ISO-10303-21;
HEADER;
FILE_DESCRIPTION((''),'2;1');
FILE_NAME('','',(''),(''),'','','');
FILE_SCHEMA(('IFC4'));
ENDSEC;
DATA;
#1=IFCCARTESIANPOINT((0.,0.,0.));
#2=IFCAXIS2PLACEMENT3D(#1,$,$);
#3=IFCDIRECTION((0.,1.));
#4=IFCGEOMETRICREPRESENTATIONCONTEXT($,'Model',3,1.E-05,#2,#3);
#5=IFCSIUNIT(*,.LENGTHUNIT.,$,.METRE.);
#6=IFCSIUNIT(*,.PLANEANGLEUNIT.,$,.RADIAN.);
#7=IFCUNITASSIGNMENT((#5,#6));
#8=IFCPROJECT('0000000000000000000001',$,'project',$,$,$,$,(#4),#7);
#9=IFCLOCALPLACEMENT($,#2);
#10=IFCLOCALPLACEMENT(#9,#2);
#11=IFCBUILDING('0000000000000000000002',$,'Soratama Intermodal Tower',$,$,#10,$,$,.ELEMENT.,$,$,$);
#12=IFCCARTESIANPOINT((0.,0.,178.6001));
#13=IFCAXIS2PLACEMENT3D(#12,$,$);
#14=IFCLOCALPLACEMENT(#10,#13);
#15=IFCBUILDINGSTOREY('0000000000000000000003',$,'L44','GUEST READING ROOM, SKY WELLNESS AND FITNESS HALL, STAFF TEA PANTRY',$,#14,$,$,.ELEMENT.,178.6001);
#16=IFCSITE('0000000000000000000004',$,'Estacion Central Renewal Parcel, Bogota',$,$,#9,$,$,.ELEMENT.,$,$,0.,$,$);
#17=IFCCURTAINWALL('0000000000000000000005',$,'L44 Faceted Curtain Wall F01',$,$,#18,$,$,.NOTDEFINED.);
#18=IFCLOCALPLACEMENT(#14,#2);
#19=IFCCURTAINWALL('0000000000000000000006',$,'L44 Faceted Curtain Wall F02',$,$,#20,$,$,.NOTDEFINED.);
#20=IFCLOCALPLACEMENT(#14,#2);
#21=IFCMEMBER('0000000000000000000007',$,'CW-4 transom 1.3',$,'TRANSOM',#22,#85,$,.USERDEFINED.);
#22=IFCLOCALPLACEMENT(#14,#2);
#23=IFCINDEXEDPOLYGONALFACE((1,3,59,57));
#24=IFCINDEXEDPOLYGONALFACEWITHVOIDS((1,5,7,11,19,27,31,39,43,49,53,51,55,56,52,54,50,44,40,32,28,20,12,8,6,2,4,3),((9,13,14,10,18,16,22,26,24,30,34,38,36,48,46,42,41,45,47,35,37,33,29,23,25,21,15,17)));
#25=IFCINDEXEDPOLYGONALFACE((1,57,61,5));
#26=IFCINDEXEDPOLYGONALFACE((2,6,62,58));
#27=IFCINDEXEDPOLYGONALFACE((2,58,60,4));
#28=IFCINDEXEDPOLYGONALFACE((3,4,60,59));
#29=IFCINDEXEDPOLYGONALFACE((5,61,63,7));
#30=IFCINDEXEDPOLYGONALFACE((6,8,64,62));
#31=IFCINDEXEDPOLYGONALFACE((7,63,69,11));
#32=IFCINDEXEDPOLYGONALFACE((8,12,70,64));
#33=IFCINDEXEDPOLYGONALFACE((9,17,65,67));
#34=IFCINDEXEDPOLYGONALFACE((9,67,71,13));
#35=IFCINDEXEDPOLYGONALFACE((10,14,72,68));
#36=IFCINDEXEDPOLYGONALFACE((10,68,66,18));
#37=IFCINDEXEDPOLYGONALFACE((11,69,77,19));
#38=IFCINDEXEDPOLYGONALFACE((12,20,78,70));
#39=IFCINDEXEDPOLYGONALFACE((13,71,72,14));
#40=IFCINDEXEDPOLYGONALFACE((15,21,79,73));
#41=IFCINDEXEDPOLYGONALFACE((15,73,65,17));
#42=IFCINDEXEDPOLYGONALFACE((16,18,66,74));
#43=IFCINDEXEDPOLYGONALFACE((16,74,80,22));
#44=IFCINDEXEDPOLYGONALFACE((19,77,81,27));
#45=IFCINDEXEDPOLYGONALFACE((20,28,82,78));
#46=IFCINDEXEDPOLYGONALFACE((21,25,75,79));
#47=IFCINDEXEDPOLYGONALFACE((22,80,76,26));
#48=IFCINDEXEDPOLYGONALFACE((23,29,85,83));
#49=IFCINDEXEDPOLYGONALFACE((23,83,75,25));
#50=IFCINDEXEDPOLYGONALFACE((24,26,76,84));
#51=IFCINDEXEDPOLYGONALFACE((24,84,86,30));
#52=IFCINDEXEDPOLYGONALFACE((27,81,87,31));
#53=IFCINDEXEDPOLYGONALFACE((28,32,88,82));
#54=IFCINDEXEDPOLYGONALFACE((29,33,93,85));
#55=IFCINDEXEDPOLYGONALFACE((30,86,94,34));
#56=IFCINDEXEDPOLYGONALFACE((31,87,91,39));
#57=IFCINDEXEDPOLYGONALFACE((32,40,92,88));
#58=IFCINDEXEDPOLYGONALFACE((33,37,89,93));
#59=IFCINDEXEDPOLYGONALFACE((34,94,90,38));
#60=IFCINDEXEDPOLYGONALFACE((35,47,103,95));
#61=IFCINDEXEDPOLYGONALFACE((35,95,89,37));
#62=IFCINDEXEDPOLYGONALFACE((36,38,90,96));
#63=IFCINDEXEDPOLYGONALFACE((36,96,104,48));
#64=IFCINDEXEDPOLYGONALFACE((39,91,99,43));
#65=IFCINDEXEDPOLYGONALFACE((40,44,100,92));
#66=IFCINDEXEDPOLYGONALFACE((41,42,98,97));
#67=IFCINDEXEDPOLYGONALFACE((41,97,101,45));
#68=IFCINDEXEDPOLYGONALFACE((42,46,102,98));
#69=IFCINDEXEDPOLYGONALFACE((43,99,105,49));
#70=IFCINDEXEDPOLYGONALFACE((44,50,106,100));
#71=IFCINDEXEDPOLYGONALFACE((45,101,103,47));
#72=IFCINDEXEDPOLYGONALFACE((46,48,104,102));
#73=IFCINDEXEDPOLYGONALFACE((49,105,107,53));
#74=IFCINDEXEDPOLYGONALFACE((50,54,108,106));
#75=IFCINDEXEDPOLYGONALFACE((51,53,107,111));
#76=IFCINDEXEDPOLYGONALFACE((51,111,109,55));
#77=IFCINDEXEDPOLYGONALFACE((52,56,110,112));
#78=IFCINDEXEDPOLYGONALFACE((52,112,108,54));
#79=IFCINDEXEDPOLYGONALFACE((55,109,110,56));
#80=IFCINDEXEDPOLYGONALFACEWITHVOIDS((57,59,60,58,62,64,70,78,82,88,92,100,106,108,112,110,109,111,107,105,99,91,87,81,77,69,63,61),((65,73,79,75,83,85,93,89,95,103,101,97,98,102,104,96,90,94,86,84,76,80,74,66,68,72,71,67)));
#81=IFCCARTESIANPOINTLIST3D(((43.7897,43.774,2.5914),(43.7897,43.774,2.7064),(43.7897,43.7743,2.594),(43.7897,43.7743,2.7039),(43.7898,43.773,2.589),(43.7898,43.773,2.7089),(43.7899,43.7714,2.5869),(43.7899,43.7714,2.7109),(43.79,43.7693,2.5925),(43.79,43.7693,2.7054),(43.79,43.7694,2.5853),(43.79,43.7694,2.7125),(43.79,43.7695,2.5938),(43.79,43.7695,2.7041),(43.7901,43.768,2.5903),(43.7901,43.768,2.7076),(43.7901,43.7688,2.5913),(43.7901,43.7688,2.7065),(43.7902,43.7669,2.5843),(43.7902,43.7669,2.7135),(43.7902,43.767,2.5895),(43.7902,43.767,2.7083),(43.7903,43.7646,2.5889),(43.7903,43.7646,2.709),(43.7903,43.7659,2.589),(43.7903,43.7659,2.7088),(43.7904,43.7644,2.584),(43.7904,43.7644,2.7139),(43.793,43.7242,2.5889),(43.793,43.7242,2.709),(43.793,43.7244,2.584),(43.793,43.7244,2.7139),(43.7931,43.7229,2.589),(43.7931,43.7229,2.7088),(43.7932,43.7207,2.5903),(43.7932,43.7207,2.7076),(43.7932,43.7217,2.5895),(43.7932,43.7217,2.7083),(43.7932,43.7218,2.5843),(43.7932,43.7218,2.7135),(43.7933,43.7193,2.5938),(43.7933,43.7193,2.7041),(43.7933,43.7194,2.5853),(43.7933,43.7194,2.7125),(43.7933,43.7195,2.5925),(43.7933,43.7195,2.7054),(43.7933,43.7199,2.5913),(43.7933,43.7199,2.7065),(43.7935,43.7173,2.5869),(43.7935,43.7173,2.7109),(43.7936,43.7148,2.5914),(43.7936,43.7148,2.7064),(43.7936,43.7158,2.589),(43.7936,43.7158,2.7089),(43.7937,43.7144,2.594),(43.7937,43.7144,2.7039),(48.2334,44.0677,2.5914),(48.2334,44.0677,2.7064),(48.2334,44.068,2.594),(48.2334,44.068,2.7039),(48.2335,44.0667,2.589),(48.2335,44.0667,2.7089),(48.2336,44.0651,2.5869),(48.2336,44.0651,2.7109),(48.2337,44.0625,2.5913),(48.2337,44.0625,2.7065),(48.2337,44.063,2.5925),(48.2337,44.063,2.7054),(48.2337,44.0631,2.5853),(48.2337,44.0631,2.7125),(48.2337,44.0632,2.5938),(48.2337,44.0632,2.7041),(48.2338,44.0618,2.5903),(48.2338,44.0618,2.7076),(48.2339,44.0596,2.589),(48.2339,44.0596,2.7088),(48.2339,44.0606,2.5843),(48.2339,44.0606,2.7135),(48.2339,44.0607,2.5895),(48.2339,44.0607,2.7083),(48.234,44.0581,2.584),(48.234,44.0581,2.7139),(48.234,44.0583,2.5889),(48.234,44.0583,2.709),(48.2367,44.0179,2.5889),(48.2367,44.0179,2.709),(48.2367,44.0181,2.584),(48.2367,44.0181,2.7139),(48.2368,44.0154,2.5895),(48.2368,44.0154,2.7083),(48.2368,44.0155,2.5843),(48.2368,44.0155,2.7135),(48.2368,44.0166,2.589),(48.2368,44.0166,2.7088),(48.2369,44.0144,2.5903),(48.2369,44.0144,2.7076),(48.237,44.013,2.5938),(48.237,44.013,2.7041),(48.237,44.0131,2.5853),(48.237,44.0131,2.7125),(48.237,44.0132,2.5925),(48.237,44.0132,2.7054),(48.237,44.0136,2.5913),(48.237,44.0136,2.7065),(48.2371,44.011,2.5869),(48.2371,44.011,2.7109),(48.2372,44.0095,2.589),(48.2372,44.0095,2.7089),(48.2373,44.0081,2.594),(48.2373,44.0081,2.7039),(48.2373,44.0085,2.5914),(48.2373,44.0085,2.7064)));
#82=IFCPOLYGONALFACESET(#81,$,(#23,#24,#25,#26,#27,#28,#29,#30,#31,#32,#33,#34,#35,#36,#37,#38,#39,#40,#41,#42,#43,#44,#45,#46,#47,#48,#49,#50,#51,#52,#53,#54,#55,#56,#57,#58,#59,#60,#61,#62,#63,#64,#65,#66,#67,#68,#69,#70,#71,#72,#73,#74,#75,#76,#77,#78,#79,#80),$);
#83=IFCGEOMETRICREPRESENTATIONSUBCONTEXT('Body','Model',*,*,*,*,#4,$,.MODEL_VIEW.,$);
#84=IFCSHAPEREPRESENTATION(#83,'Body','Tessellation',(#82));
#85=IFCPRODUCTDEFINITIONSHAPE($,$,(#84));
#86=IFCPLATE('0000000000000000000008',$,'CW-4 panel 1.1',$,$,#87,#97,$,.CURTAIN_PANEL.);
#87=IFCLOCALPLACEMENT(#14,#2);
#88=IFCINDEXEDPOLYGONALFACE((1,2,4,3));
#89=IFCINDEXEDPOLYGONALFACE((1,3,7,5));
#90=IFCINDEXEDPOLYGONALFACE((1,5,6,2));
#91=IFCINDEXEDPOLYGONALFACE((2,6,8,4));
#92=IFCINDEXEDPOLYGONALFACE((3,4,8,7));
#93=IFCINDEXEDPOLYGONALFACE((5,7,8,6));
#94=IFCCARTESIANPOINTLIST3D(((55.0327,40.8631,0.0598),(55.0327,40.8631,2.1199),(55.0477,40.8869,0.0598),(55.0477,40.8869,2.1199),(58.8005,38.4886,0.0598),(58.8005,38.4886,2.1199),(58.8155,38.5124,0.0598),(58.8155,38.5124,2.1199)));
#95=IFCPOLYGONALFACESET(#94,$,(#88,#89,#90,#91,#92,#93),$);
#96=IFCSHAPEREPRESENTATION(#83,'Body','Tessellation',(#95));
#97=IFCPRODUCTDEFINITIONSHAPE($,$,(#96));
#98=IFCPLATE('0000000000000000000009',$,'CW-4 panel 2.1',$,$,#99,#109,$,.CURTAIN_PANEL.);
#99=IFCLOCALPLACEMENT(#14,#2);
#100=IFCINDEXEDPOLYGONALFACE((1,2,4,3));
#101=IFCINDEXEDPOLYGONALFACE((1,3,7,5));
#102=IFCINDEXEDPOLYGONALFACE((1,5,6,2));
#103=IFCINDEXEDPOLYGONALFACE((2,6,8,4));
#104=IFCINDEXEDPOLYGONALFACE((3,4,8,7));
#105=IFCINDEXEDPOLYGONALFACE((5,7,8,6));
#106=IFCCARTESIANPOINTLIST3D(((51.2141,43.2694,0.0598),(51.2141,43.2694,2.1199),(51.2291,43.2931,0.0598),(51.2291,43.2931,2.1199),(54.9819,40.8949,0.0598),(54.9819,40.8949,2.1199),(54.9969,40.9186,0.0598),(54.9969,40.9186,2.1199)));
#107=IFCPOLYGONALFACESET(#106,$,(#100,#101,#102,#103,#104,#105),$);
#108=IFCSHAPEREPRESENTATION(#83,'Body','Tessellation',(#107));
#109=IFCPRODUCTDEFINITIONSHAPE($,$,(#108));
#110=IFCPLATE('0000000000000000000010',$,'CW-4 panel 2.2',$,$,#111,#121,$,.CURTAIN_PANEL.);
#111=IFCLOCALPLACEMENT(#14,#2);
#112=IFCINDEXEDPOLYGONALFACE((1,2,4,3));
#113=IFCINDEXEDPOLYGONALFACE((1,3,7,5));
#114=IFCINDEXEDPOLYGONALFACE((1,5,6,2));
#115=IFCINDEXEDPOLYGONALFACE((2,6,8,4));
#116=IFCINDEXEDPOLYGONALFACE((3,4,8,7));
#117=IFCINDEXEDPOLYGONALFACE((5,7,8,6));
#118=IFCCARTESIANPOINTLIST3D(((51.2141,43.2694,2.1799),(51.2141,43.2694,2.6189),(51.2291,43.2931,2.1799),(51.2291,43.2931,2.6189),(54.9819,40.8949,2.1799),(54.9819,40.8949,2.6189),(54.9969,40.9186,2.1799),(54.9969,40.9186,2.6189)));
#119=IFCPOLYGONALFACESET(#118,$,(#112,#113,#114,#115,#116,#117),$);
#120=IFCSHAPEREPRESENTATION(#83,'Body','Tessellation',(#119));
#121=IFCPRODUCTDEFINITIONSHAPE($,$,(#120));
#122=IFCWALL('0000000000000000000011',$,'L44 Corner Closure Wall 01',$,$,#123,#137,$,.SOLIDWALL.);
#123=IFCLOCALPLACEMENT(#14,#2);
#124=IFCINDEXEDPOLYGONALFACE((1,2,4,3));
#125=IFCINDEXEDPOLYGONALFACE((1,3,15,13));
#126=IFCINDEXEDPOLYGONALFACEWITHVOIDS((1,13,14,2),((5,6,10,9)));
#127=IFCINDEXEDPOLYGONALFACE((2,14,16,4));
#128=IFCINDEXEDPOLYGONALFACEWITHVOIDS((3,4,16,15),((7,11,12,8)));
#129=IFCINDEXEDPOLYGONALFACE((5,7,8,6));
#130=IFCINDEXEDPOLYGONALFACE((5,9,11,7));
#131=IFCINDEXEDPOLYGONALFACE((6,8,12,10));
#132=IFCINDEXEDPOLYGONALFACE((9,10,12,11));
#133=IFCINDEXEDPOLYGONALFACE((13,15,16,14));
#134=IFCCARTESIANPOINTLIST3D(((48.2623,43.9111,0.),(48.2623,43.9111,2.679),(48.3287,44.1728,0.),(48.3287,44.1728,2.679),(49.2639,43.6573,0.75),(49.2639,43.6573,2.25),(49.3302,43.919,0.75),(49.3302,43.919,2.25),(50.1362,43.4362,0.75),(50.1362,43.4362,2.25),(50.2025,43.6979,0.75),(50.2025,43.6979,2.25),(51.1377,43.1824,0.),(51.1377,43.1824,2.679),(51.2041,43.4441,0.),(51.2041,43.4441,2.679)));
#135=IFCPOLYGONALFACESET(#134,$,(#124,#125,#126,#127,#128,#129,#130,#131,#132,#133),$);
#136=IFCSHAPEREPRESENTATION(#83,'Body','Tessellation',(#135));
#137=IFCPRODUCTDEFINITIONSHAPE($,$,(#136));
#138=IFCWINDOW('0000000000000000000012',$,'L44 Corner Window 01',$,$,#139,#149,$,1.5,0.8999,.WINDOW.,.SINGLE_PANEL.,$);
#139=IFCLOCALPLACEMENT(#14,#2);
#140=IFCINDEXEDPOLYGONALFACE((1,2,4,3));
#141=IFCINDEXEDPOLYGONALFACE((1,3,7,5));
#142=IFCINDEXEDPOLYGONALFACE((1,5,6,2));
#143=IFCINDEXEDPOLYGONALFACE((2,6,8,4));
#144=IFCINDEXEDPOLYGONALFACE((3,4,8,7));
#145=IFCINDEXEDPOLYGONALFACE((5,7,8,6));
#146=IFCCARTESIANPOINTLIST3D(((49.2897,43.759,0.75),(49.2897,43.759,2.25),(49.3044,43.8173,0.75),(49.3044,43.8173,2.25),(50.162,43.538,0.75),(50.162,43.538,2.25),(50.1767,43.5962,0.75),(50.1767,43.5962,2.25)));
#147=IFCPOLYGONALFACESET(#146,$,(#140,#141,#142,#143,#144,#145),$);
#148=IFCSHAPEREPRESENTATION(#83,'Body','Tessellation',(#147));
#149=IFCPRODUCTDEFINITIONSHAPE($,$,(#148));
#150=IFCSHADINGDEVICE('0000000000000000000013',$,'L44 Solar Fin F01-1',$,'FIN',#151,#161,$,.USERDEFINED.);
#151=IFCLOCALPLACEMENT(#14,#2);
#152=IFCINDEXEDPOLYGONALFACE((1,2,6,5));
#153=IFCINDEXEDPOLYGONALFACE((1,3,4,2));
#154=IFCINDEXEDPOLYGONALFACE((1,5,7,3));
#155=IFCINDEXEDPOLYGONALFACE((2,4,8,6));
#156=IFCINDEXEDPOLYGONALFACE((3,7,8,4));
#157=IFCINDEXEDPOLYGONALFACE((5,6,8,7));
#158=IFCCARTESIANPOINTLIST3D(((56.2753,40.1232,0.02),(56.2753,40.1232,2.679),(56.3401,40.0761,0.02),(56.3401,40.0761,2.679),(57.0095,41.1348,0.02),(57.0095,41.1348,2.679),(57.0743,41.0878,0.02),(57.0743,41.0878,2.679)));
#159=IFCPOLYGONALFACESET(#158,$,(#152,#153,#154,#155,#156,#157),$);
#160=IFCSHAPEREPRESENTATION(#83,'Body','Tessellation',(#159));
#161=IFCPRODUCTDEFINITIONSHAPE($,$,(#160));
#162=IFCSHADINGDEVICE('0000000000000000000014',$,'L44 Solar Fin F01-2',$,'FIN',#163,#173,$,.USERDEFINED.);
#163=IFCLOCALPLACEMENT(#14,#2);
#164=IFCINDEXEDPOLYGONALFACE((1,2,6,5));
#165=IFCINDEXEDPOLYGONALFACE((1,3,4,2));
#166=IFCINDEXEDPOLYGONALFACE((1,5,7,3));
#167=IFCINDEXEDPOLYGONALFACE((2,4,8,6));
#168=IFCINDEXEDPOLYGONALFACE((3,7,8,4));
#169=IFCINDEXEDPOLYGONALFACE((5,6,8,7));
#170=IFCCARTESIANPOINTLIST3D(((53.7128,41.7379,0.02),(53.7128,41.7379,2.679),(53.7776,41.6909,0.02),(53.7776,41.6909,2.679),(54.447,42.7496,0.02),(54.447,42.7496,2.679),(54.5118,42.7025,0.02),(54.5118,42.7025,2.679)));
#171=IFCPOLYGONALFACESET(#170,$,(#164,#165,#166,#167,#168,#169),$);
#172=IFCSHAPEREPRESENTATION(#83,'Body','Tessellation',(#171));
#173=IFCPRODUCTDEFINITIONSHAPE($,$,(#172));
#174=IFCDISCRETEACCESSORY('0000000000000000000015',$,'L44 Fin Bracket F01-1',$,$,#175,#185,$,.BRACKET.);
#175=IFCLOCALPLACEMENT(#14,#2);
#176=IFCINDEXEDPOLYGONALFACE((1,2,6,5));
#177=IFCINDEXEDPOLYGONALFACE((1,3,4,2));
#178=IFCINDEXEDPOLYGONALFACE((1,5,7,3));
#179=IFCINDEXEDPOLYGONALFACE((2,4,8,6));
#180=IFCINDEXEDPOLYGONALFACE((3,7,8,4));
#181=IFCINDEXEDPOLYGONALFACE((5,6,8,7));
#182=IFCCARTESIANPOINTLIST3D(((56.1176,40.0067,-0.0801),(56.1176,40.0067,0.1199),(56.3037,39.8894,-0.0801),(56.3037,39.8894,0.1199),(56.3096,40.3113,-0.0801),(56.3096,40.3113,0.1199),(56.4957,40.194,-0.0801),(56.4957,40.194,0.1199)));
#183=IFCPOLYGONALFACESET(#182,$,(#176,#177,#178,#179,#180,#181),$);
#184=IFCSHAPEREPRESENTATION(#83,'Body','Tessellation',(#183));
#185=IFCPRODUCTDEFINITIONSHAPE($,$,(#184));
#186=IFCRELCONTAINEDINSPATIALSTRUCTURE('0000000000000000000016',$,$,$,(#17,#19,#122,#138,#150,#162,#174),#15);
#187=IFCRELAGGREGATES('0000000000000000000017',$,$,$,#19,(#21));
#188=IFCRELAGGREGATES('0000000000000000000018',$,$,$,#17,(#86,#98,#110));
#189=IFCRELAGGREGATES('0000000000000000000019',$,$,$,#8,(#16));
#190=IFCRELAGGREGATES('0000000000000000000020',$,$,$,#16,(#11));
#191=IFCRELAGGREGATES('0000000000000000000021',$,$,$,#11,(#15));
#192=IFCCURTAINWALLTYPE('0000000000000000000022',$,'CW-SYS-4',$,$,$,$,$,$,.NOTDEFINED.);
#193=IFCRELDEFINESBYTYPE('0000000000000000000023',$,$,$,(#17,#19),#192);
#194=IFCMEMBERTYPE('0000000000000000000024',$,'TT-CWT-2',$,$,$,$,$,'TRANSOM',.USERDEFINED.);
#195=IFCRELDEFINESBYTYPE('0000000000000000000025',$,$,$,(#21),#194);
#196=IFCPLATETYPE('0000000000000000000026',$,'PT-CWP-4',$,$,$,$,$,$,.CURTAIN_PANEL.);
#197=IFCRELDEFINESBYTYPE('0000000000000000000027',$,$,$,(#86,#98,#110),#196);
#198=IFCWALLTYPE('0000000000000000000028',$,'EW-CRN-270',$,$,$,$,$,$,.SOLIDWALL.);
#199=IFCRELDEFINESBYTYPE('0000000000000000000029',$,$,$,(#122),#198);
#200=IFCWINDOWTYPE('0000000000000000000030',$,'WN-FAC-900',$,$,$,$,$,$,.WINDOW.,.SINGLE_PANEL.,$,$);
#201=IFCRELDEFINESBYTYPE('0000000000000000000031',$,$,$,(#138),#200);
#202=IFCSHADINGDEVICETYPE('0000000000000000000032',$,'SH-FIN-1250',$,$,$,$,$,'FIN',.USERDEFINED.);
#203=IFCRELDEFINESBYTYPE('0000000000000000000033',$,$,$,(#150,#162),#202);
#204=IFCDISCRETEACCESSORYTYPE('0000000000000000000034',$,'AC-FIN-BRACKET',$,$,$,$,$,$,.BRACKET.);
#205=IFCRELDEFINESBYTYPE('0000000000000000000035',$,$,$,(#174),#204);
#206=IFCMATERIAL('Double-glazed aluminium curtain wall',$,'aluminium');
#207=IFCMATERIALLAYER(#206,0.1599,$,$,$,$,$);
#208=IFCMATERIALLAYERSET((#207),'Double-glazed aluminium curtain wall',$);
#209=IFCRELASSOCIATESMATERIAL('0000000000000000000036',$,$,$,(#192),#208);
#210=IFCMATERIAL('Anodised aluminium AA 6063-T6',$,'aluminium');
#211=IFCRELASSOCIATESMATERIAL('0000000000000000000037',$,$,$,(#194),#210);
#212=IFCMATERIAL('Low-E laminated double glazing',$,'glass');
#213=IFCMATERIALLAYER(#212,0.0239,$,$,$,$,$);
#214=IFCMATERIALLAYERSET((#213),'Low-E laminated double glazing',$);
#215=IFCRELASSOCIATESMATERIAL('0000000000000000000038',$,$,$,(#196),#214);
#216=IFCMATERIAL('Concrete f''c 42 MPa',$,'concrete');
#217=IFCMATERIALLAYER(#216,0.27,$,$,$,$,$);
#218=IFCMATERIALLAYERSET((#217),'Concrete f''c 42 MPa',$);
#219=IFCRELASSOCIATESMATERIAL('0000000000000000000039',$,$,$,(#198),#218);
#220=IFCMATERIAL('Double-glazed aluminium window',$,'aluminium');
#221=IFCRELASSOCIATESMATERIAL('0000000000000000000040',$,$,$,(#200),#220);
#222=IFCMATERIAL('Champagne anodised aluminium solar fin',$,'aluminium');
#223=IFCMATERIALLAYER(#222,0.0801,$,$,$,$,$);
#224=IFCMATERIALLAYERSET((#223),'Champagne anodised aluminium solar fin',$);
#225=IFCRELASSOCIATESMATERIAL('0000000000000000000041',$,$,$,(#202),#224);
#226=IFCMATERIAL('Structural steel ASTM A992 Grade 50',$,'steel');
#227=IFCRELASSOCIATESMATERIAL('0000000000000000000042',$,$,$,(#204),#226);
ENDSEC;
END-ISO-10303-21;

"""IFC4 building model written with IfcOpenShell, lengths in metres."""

from ifc_helpers import new_model, si_unit, direction, frame, frame_2d, origin, origin_2d, place, context, subcontext, project, spatial, rectangle, hollow_rectangle, extrude, material, layer, layer_set, material_profile, profile_set, type_object, element, fill, aggregate, save


model = new_model("IFC4")

# Units and contexts
model_context = context("Model", 3, precision=1e-05, world=origin(), true_north=direction((0.0, 1.0)))
body_context = subcontext(model_context, "Body", "Model", "MODEL_VIEW")
ifc_project = project(units=[si_unit("LENGTHUNIT", "METRE"), si_unit("PLANEANGLEUNIT", "RADIAN")], contexts=[model_context])

# Site, building, storey
site_placement = place(None, origin())
site = spatial("IfcSite", under=ifc_project, at=site_placement, Name="Estacion Central Renewal Parcel, Bogota", CompositionType="ELEMENT", RefElevation=0.0)
building_placement = place(site_placement, origin())
building = spatial("IfcBuilding", under=site, at=building_placement, Name="Soratama Intermodal Tower", CompositionType="ELEMENT")
storey_placement = place(building_placement, frame((0.0, 0.0, 178.6001)))
storey = spatial("IfcBuildingStorey", under=building, at=storey_placement, Name="L44", Description="GUEST READING ROOM, SKY WELLNESS AND FITNESS HALL, STAFF TEA PANTRY", CompositionType="ELEMENT", Elevation=178.6001)

# Curtain wall
ifc_material_1 = material(Name="Double-glazed aluminium curtain wall", Category="aluminium")
ifc_layer_1 = layer(ifc_material_1, 0.1599)
ifc_layer_set_1 = layer_set([ifc_layer_1], Name="Double-glazed aluminium curtain wall")
curtain_wall_type = type_object("IfcCurtainWallType", Name="CW-SYS-4", PredefinedType="NOTDEFINED", material=ifc_layer_set_1)
curtain_wall_1_placement = place(storey_placement, origin())
curtain_wall_1 = element("IfcCurtainWall", 1, at=curtain_wall_1_placement, inside=storey, type_object=curtain_wall_type, Name="L44 Faceted Curtain Wall F01", PredefinedType="NOTDEFINED")

# Curtain wall
curtain_wall_2_placement = place(storey_placement, origin())
curtain_wall_2 = element("IfcCurtainWall", 2, at=curtain_wall_2_placement, inside=storey, type_object=curtain_wall_type, Name="L44 Faceted Curtain Wall F02", PredefinedType="NOTDEFINED")

# Member
ifc_material_2 = material(Name="Anodised aluminium AA 6063-T6", Category="aluminium")
ifc_material_profile_1 = material_profile(ifc_material_2, hollow_rectangle(XDim=0.0601, YDim=0.1299, WallThickness=0.0049, InnerFilletRadius=0.0049, OuterFilletRadius=0.01, at=origin_2d()), Name="CWT130X60X5")
ifc_profile_set_1 = profile_set([ifc_material_profile_1], Name="Anodised aluminium AA 6063-T6")
member_type_1 = type_object("IfcMemberType", Name="TT-CWT-2", ElementType="TRANSOM", PredefinedType="USERDEFINED", material=ifc_profile_set_1)
member_1_placement = place(storey_placement, frame((48.2354, 44.0381, 2.6489), z_axis=(-0.997823, -0.065951, 0.0), x_axis=(0.065951, -0.997823, 0.0)))
member_1 = element("IfcMember", 3, at=member_1_placement, type_object=member_type_1, Name="CW-4 transom 1.3", ObjectType="TRANSOM", PredefinedType="USERDEFINED", context=body_context, shape_type="SweptSolid", body=[
    extrude(hollow_rectangle(XDim=0.0601, YDim=0.1299, WallThickness=0.0049, InnerFilletRadius=0.0049, OuterFilletRadius=0.01, at=origin_2d()), origin(), (0.0, 0.0, 1.0), 4.4534),
])
aggregate(curtain_wall_2, [member_1])

# Plates
ifc_material_3 = material(Name="Low-E laminated double glazing", Category="glass")
ifc_layer_2 = layer(ifc_material_3, 0.0239)
ifc_layer_set_2 = layer_set([ifc_layer_2], Name="Low-E laminated double glazing")
plate_type = type_object("IfcPlateType", Name="PT-CWP-4", PredefinedType="CURTAIN_PANEL", material=ifc_layer_set_2)
plate_1_placement = place(storey_placement, frame((56.9241, 39.6877, 0.0598), z_axis=(0.0, 0.0, 1.0), x_axis=(-0.84601, 0.533168, 0.0)))
plate_1 = element("IfcPlate", 4, at=plate_1_placement, type_object=plate_type, Name="CW-4 panel 1.1", PredefinedType="CURTAIN_PANEL", context=body_context, shape_type="SweptSolid", body=[
    extrude(rectangle(XDim=4.4536, YDim=0.0281, at=origin_2d()), origin(), (0.0, 0.0, 1.0), 2.0601),
])
plate_2_placement = place(storey_placement, frame((53.1055, 42.094, 0.0598), z_axis=(0.0, 0.0, 1.0), x_axis=(-0.84601, 0.533168, 0.0)))
plate_2 = element("IfcPlate", 5, at=plate_2_placement, type_object=plate_type, Name="CW-4 panel 2.1", PredefinedType="CURTAIN_PANEL", context=body_context, shape_type="SweptSolid", body=[
    extrude(rectangle(XDim=4.4536, YDim=0.0281, at=origin_2d()), origin(), (0.0, 0.0, 1.0), 2.0601),
])
plate_3_placement = place(storey_placement, frame((53.1055, 42.094, 2.1799), z_axis=(0.0, 0.0, 1.0), x_axis=(-0.84601, 0.533168, 0.0)))
plate_3 = element("IfcPlate", 6, at=plate_3_placement, type_object=plate_type, Name="CW-4 panel 2.2", PredefinedType="CURTAIN_PANEL", context=body_context, shape_type="SweptSolid", body=[
    extrude(rectangle(XDim=4.4536, YDim=0.0281, at=origin_2d()), origin(), (0.0, 0.0, 1.0), 0.439),
])
aggregate(curtain_wall_1, [plate_1, plate_2, plate_3])

# Wall, opening, window
ifc_material_4 = material(Name="Concrete f'c 42 MPa", Category="concrete")
ifc_layer_3 = layer(ifc_material_4, 0.27)
ifc_layer_set_3 = layer_set([ifc_layer_3], Name="Concrete f'c 42 MPa")
wall_type = type_object("IfcWallType", Name="EW-CRN-270", PredefinedType="SOLIDWALL", material=ifc_layer_set_3)
wall_placement = place(storey_placement, frame((51.1709, 43.3132, 0.0), z_axis=(0.0, 0.0, 1.0), x_axis=(-0.969353, 0.245672, 0.0)))
wall = element("IfcWall", 7, at=wall_placement, inside=storey, type_object=wall_type, Name="L44 Corner Closure Wall 01", PredefinedType="SOLIDWALL", context=body_context, shape_type="SweptSolid", body=[
    extrude(rectangle(XDim=2.9663, YDim=0.27, at=frame_2d((1.4832, 0.0))), origin(), (0.0, 0.0, 1.0), 2.679),
])
opening_placement = place(wall_placement, frame((1.0332, 0.0, 0.75)))
opening = element("IfcOpeningElement", 8, at=opening_placement, cuts=wall, PredefinedType="OPENING", context=body_context, shape_type="SweptSolid", body=[
    extrude(rectangle(XDim=0.8999, YDim=1.5, at=frame_2d((0.45, 0.75))), frame((0.0, 0.145, 0.0), z_axis=(0.0, -1.0, 0.0), x_axis=(1.0, 0.0, 0.0)), (0.0, 0.0, 1.0), 0.29),
])
ifc_material_5 = material(Name="Double-glazed aluminium window", Category="aluminium")
window_type = type_object("IfcWindowType", Name="WN-FAC-900", PartitioningType="SINGLE_PANEL", PredefinedType="WINDOW", material=ifc_material_5)
window_placement = place(opening_placement, origin())
window = element("IfcWindow", 9, at=window_placement, inside=storey, type_object=window_type, Name="L44 Corner Window 01", OverallHeight=1.5, OverallWidth=0.8999, PartitioningType="SINGLE_PANEL", PredefinedType="WINDOW", context=body_context, shape_type="SweptSolid", body=[
    extrude(rectangle(XDim=0.8999, YDim=1.5, at=frame_2d((0.45, 0.75))), frame((0.0, 0.03, 0.0), z_axis=(0.0, -1.0, 0.0), x_axis=(1.0, 0.0, 0.0)), (0.0, 0.0, 1.0), 0.0601),
])
fill(opening, window)

# Shading devices
ifc_material_6 = material(Name="Champagne anodised aluminium solar fin", Category="aluminium")
ifc_layer_4 = layer(ifc_material_6, 0.0801)
ifc_layer_set_4 = layer_set([ifc_layer_4], Name="Champagne anodised aluminium solar fin")
shading_device_type = type_object("IfcShadingDeviceType", Name="SH-FIN-1250", ElementType="FIN", PredefinedType="USERDEFINED", material=ifc_layer_set_4)
for number, where, z_axis, x_axis, name in (
    (10, (56.6748, 40.6055, 0.02), (0.0, 0.0, 1.0), (0.587362, 0.809325, 0.0), "L44 Solar Fin F01-1"),
    (11, (54.1123, 42.2202, 0.02), (0.0, 0.0, 1.0), (0.587362, 0.809325, 0.0), "L44 Solar Fin F01-2"),
):
    element("IfcShadingDevice", number, at=place(storey_placement, frame(where, z_axis=z_axis, x_axis=x_axis)), inside=storey, type_object=shading_device_type, Name=name, ObjectType="FIN", PredefinedType="USERDEFINED", context=body_context, shape_type="SweptSolid", body=[
        extrude(rectangle(XDim=1.25, YDim=0.0801, at=origin_2d()), origin(), (0.0, 0.0, 1.0), 2.6589),
    ])

# Discrete accessory
ifc_material_7 = material(Name="Structural steel ASTM A992 Grade 50", Category="steel")
discrete_accessory_type = type_object("IfcDiscreteAccessoryType", Name="AC-FIN-BRACKET", PredefinedType="BRACKET", material=ifc_material_7)
for number, where, z_axis, x_axis, name in (
    (12, (56.3066, 40.1003, -0.0801), (0.0, 0.0, 1.0), (0.533172, 0.846007, 0.0), "L44 Fin Bracket F01-1"),
):
    element("IfcDiscreteAccessory", number, at=place(storey_placement, frame(where, z_axis=z_axis, x_axis=x_axis)), inside=storey, type_object=discrete_accessory_type, Name=name, PredefinedType="BRACKET", context=body_context, shape_type="SweptSolid", body=[
        extrude(rectangle(XDim=0.3601, YDim=0.22, at=origin_2d()), origin(), (0.0, 0.0, 1.0), 0.2),
    ])

save(model, "model.ifc")
